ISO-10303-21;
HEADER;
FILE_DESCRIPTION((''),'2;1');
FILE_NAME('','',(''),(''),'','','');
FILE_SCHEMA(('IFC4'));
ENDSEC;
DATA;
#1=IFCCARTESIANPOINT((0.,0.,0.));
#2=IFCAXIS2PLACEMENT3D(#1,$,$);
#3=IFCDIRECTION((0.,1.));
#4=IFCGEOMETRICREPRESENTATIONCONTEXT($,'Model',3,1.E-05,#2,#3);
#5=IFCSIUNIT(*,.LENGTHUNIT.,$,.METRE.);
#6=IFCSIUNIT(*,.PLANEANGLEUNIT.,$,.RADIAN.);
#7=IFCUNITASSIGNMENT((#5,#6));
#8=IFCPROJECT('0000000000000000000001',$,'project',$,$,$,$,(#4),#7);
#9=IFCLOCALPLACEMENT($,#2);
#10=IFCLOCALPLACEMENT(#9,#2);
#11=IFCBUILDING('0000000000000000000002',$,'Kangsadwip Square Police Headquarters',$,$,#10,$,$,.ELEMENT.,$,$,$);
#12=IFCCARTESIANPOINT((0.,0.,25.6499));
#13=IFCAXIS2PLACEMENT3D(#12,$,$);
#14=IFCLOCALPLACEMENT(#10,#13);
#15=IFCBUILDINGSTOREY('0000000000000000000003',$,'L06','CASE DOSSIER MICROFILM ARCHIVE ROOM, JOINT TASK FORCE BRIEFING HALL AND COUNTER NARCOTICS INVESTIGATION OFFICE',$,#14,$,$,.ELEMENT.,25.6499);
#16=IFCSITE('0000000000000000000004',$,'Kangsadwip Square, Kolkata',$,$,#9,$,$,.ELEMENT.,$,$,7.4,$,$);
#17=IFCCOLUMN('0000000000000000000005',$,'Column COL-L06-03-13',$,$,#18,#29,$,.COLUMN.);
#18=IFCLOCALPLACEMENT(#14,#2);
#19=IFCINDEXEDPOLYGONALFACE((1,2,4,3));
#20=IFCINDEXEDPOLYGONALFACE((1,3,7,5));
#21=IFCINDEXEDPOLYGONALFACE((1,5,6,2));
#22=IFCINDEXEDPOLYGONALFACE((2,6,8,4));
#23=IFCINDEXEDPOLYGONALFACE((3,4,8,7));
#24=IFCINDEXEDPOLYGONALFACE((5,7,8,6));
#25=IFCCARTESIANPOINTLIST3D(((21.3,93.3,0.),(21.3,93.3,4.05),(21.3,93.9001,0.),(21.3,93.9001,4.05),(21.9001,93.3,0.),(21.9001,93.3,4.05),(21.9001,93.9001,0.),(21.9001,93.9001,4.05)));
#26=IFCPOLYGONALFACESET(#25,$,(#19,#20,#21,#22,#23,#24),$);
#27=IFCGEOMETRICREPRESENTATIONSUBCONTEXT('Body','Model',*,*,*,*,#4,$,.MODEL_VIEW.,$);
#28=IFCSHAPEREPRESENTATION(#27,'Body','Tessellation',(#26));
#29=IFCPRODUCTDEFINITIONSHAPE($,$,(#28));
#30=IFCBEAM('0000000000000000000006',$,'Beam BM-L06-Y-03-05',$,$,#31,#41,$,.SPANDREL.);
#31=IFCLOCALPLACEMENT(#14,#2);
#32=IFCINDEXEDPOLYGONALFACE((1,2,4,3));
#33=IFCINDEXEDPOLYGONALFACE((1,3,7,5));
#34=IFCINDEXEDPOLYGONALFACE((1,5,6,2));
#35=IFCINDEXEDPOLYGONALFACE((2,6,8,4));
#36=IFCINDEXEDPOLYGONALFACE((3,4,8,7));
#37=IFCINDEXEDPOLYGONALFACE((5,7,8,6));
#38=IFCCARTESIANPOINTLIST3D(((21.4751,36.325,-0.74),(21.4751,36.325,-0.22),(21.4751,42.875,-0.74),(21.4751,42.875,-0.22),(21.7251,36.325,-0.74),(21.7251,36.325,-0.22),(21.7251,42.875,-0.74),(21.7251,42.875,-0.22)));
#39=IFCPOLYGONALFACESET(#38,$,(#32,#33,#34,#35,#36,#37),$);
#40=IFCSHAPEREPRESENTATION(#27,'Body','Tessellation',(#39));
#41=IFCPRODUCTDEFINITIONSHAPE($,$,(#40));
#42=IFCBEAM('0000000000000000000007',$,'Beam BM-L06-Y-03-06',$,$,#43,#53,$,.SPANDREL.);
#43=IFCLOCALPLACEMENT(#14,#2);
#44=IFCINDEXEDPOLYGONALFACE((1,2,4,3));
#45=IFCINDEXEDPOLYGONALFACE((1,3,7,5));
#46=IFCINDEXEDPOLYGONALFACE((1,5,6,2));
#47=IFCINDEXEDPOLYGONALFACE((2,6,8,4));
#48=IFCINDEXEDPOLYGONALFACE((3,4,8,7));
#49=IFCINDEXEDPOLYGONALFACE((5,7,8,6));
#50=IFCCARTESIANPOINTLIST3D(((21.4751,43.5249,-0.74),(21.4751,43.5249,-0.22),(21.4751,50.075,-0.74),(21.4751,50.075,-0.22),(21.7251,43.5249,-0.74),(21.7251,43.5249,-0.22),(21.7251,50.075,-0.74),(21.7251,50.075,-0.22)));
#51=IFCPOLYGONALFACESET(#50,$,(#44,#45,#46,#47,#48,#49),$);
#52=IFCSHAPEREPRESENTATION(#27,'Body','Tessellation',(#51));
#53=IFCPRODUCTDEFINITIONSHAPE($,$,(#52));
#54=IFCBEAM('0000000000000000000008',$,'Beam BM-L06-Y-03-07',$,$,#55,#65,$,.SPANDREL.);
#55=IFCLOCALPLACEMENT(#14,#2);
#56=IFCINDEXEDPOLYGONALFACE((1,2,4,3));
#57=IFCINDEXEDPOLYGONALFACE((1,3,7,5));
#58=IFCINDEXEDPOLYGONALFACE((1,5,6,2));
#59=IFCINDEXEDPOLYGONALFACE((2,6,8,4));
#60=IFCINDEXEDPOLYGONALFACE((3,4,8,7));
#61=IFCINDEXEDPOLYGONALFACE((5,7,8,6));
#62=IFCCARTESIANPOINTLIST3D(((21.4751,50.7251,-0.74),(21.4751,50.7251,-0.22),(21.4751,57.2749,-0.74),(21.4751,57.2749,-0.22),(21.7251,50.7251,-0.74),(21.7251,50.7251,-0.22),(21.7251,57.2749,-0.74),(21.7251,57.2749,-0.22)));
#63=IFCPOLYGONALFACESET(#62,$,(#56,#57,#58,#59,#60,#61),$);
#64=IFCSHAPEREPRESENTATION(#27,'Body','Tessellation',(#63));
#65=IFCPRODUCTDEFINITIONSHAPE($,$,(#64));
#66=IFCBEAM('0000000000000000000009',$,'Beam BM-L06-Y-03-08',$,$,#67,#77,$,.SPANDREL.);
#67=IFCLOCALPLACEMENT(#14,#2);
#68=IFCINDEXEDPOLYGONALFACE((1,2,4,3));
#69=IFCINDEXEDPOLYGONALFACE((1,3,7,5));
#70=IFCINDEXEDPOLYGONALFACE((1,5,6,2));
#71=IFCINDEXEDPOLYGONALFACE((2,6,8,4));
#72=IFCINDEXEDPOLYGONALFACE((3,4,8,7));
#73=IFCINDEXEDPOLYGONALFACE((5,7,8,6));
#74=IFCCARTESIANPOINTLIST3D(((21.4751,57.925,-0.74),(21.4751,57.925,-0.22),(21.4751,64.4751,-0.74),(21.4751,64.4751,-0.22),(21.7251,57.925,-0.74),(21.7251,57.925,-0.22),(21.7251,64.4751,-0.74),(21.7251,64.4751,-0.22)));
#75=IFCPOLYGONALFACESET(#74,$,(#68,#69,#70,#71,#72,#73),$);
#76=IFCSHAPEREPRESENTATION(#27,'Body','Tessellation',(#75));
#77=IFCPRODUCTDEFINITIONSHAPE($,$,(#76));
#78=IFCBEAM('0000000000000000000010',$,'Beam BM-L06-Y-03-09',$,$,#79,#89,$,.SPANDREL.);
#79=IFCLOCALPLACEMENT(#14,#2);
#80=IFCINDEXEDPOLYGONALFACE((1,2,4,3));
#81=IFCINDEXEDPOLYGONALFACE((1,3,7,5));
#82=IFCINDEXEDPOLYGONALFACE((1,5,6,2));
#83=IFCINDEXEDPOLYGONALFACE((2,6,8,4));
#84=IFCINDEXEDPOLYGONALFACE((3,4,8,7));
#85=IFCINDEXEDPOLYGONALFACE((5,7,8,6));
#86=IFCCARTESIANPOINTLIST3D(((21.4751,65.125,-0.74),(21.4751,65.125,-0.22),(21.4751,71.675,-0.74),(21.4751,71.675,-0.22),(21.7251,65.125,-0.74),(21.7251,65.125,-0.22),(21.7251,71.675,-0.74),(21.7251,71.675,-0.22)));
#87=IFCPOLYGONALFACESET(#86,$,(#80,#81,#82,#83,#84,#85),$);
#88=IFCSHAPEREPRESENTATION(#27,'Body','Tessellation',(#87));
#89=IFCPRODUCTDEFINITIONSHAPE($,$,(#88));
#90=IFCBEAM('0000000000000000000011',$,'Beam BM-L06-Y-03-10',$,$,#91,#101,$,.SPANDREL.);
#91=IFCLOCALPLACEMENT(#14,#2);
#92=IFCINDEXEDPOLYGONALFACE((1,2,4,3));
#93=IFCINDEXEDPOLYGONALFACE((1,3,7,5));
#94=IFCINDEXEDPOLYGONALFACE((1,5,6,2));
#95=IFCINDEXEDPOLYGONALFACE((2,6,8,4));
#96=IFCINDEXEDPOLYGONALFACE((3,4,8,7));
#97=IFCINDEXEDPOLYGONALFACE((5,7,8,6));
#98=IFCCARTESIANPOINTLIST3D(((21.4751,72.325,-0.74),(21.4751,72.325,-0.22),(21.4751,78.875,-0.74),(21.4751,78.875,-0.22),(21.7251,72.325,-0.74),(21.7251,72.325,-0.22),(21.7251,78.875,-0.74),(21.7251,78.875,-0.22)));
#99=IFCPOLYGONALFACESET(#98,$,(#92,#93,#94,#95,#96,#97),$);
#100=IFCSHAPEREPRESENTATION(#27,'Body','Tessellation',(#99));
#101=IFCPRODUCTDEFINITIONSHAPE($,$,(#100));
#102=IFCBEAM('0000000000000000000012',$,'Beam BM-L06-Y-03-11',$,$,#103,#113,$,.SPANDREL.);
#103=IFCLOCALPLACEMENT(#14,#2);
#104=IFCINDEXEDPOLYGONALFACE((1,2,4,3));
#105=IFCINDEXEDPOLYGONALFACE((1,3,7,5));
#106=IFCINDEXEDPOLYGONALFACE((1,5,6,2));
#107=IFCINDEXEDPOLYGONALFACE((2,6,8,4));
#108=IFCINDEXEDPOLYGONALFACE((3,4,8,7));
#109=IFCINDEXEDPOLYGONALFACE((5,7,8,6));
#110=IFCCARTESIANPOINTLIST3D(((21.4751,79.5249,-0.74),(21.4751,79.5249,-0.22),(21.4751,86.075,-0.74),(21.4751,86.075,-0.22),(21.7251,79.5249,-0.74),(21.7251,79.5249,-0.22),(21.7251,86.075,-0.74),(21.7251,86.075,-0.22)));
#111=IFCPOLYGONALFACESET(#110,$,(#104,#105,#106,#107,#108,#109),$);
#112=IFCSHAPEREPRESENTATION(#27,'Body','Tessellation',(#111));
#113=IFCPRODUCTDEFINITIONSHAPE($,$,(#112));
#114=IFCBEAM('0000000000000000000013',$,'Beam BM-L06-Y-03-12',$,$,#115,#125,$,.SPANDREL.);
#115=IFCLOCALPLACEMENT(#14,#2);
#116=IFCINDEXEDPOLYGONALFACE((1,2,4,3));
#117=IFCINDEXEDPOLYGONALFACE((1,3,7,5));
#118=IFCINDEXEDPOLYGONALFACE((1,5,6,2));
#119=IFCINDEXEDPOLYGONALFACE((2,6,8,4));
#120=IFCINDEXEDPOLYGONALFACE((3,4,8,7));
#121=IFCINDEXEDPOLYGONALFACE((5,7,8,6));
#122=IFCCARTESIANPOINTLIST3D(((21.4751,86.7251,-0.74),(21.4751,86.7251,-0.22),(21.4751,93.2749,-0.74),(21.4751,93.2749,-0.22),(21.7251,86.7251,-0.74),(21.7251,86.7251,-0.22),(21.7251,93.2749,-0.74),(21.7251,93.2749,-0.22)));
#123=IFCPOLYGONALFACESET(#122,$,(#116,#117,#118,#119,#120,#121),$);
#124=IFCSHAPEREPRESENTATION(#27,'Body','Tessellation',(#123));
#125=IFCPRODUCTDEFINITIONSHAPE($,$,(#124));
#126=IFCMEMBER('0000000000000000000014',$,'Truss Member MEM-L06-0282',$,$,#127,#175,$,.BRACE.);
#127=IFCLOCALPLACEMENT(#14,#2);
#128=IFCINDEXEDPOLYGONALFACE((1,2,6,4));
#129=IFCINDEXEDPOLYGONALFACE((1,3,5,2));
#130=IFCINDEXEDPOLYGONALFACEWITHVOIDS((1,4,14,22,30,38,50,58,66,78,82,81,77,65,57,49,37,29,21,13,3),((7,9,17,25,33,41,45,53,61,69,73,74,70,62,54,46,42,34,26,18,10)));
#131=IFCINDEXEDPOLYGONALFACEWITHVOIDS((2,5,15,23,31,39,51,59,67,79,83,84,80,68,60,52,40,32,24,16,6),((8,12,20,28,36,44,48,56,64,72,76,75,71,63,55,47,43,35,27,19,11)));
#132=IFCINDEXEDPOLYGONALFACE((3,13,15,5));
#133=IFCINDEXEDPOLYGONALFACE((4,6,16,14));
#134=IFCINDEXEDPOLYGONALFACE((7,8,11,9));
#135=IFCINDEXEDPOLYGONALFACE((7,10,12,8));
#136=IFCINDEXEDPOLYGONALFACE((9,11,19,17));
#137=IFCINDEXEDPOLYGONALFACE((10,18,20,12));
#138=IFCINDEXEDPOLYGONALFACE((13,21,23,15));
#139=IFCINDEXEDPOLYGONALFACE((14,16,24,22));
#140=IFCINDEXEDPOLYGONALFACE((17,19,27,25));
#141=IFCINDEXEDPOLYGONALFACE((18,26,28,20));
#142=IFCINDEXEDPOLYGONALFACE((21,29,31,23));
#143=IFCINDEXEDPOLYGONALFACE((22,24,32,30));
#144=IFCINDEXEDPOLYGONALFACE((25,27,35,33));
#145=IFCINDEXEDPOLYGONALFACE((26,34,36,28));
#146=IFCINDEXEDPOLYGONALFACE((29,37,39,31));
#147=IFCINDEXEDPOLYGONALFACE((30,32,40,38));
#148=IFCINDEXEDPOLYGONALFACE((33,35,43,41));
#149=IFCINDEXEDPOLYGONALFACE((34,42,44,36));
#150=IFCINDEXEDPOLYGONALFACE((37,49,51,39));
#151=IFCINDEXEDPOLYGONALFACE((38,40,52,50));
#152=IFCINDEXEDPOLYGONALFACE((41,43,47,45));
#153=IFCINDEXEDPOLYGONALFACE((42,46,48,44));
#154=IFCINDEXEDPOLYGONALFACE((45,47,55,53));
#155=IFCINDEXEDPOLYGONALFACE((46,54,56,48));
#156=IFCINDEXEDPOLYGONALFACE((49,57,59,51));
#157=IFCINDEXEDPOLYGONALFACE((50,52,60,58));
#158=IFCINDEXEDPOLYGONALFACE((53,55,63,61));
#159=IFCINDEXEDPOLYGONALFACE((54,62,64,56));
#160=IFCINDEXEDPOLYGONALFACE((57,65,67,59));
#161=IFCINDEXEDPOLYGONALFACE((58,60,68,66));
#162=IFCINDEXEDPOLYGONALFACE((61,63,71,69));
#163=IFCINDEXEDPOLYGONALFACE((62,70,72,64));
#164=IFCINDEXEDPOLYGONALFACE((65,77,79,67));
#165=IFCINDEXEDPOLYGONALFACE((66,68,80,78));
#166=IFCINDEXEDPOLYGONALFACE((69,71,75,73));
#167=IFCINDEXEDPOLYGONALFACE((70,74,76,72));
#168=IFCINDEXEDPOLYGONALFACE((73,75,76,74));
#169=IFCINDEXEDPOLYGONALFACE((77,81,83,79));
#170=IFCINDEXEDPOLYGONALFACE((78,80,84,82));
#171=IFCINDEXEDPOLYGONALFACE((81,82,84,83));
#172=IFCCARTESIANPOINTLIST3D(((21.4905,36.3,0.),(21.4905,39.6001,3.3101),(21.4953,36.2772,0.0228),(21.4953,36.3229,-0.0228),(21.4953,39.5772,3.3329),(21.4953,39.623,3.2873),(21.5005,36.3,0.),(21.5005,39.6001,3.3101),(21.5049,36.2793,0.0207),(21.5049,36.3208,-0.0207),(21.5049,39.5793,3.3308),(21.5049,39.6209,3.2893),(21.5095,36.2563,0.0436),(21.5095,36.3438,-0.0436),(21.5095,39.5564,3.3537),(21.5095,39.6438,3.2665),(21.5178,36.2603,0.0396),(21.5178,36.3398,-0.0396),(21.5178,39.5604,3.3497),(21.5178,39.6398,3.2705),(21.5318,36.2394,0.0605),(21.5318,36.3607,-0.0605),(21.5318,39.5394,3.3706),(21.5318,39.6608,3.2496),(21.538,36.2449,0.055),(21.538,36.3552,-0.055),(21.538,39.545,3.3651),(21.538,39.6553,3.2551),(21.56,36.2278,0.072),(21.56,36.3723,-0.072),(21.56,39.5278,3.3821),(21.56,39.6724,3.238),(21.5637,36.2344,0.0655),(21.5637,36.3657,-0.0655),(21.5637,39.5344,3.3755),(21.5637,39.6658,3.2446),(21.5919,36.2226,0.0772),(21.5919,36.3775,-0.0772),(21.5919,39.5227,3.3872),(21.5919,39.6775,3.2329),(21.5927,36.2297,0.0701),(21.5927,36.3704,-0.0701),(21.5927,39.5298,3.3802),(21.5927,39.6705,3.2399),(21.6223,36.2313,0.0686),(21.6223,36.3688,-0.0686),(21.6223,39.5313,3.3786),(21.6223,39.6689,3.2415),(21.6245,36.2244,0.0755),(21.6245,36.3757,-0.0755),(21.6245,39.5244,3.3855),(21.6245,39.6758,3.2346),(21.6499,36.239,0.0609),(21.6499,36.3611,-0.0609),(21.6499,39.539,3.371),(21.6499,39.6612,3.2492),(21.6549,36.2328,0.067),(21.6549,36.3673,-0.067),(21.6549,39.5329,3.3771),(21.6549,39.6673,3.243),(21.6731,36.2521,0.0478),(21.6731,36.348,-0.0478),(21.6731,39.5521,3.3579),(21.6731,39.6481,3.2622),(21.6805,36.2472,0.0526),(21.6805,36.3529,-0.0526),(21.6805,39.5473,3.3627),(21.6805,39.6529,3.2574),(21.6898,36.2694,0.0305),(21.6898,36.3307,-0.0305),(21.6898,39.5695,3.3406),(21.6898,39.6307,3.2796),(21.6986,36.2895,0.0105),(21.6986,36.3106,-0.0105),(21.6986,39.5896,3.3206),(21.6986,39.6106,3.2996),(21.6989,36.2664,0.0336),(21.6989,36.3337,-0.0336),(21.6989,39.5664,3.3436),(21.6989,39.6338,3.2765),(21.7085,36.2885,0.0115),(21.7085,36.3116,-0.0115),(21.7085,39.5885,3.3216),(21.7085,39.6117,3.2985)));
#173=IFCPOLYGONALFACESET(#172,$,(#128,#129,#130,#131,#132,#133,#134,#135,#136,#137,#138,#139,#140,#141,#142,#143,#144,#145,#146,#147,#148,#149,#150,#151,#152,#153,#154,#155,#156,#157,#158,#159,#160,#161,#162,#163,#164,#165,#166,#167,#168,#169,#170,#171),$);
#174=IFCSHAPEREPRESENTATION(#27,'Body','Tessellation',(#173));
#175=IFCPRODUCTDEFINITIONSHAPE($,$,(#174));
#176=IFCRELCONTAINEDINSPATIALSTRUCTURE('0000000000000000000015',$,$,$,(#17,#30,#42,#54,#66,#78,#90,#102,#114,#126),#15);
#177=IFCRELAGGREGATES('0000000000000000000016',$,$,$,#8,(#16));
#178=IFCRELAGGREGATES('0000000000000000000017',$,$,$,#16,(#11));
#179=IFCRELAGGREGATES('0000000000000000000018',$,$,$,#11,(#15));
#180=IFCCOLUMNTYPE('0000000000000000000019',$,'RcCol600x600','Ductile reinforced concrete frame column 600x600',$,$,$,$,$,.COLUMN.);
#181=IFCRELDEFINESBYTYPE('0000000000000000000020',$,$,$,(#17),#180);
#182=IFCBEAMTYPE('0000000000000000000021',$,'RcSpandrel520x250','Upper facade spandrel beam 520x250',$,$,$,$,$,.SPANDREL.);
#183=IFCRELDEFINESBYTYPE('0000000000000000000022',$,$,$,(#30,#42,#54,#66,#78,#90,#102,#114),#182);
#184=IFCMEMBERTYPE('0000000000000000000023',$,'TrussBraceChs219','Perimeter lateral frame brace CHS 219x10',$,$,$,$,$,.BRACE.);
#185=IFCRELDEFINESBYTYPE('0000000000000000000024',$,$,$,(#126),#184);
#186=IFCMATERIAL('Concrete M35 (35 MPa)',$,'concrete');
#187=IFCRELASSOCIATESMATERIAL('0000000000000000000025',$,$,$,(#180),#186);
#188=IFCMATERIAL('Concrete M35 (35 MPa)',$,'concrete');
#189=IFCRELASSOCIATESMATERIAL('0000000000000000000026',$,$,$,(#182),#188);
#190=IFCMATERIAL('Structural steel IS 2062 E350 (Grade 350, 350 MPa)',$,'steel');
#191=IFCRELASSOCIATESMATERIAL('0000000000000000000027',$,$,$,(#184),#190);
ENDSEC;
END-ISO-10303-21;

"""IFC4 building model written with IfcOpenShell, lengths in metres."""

from ifc_helpers import new_model, si_unit, direction, frame, origin, origin_2d, place, context, subcontext, project, spatial, rectangle, hollow_circle, extrude, material, material_profile, profile_set, type_object, element, save


model = new_model("IFC4")

# Units and contexts
model_context = context("Model", 3, precision=1e-05, world=origin(), true_north=direction((0.0, 1.0)))
body_context = subcontext(model_context, "Body", "Model", "MODEL_VIEW")
ifc_project = project(units=[si_unit("LENGTHUNIT", "METRE"), si_unit("PLANEANGLEUNIT", "RADIAN")], contexts=[model_context])

# Site, building, storey
site_placement = place(None, origin())
site = spatial("IfcSite", under=ifc_project, at=site_placement, Name="Kangsadwip Square, Kolkata", CompositionType="ELEMENT", RefElevation=7.4)
building_placement = place(site_placement, origin())
building = spatial("IfcBuilding", under=site, at=building_placement, Name="Kangsadwip Square Police Headquarters", CompositionType="ELEMENT")
storey_placement = place(building_placement, frame((0.0, 0.0, 25.6499)))
storey = spatial("IfcBuildingStorey", under=building, at=storey_placement, Name="L06", Description="CASE DOSSIER MICROFILM ARCHIVE ROOM, JOINT TASK FORCE BRIEFING HALL AND COUNTER NARCOTICS INVESTIGATION OFFICE", CompositionType="ELEMENT", Elevation=25.6499)

# Column
ifc_material_1 = material(Name="Concrete M35 (35 MPa)", Category="concrete")
ifc_material_profile_1 = material_profile(ifc_material_1, rectangle(XDim=0.6001, YDim=0.6001, at=origin_2d()), Name="RC COL 600X600")
ifc_profile_set_1 = profile_set([ifc_material_profile_1], Name="Concrete M35 (35 MPa)")
column_type = type_object("IfcColumnType", Name="RcCol600x600", Description="Ductile reinforced concrete frame column 600x600", PredefinedType="COLUMN", material=ifc_profile_set_1)
column_placement = place(storey_placement, frame((21.6001, 93.6001, 0.0), z_axis=(0.0, 0.0, 1.0), x_axis=(1.0, 0.0, 0.0)))
element("IfcColumn", 1, at=column_placement, inside=storey, type_object=column_type, Name="Column COL-L06-03-13", PredefinedType="COLUMN", context=body_context, shape_type="SweptSolid", body=[
    extrude(rectangle(XDim=0.6001, YDim=0.6001, at=origin_2d()), origin(), (0.0, 0.0, 1.0), 4.05),
])

# Beams
ifc_material_2 = material(Name="Concrete M35 (35 MPa)", Category="concrete")
ifc_material_profile_2 = material_profile(ifc_material_2, rectangle(XDim=0.25, YDim=0.52, at=origin_2d()), Name="RC SPN 520X250")
ifc_profile_set_2 = profile_set([ifc_material_profile_2], Name="Concrete M35 (35 MPa)")
beam_type = type_object("IfcBeamType", Name="RcSpandrel520x250", Description="Upper facade spandrel beam 520x250", PredefinedType="SPANDREL", material=ifc_profile_set_2)
for number, where, z_axis, x_axis, name in (
    (2, (21.6001, 36.325, -0.48), (0.0, 1.0, 0.0), (-1.0, 0.0, 0.0), "Beam BM-L06-Y-03-05"),
    (3, (21.6001, 43.5249, -0.48), (0.0, 1.0, 0.0), (-1.0, 0.0, 0.0), "Beam BM-L06-Y-03-06"),
):
    element("IfcBeam", number, at=place(storey_placement, frame(where, z_axis=z_axis, x_axis=x_axis)), inside=storey, type_object=beam_type, Name=name, PredefinedType="SPANDREL", context=body_context, shape_type="SweptSolid", body=[
        extrude(rectangle(XDim=0.25, YDim=0.52, at=origin_2d()), origin(), (0.0, 0.0, 1.0), 6.55),
    ])
beam_1_placement = place(storey_placement, frame((21.6001, 50.7251, -0.48), z_axis=(0.0, 1.0, 0.0), x_axis=(-1.0, 0.0, 0.0)))
element("IfcBeam", 4, at=beam_1_placement, inside=storey, type_object=beam_type, Name="Beam BM-L06-Y-03-07", PredefinedType="SPANDREL", context=body_context, shape_type="SweptSolid", body=[
    extrude(rectangle(XDim=0.25, YDim=0.52, at=origin_2d()), origin(), (0.0, 0.0, 1.0), 6.5498),
])
for number, where, z_axis, x_axis, name in (
    (5, (21.6001, 57.925, -0.48), (0.0, 1.0, 0.0), (-1.0, 0.0, 0.0), "Beam BM-L06-Y-03-08"),
    (6, (21.6001, 65.125, -0.48), (0.0, 1.0, 0.0), (-1.0, 0.0, 0.0), "Beam BM-L06-Y-03-09"),
    (7, (21.6001, 72.325, -0.48), (0.0, 1.0, 0.0), (-1.0, 0.0, 0.0), "Beam BM-L06-Y-03-10"),
    (8, (21.6001, 79.5249, -0.48), (0.0, 1.0, 0.0), (-1.0, 0.0, 0.0), "Beam BM-L06-Y-03-11"),
):
    element("IfcBeam", number, at=place(storey_placement, frame(where, z_axis=z_axis, x_axis=x_axis)), inside=storey, type_object=beam_type, Name=name, PredefinedType="SPANDREL", context=body_context, shape_type="SweptSolid", body=[
        extrude(rectangle(XDim=0.25, YDim=0.52, at=origin_2d()), origin(), (0.0, 0.0, 1.0), 6.55),
    ])
beam_2_placement = place(storey_placement, frame((21.6001, 86.7251, -0.48), z_axis=(0.0, 1.0, 0.0), x_axis=(-1.0, 0.0, 0.0)))
element("IfcBeam", 9, at=beam_2_placement, inside=storey, type_object=beam_type, Name="Beam BM-L06-Y-03-12", PredefinedType="SPANDREL", context=body_context, shape_type="SweptSolid", body=[
    extrude(rectangle(XDim=0.25, YDim=0.52, at=origin_2d()), origin(), (0.0, 0.0, 1.0), 6.5498),
])

# Member
ifc_material_3 = material(Name="Structural steel IS 2062 E350 (Grade 350, 350 MPa)", Category="steel")
ifc_material_profile_3 = material_profile(ifc_material_3, hollow_circle(Radius=0.1096, WallThickness=0.01, at=origin_2d()), Name="CHS 219X10")
ifc_profile_set_3 = profile_set([ifc_material_profile_3], Name="Structural steel IS 2062 E350 (Grade 350, 350 MPa)")
member_type = type_object("IfcMemberType", Name="TrussBraceChs219", Description="Perimeter lateral frame brace CHS 219x10", PredefinedType="BRACE", material=ifc_profile_set_3)
member_1_placement = place(storey_placement, frame((21.6001, 36.3, 0.0), z_axis=(0.0, 0.706035, 0.708177), x_axis=(-1.0, 0.0, 0.0)))
element("IfcMember", 10, at=member_1_placement, inside=storey, type_object=member_type, Name="Truss Member MEM-L06-0282", PredefinedType="BRACE", context=body_context, shape_type="SweptSolid", body=[
    extrude(hollow_circle(Radius=0.1096, WallThickness=0.01, at=origin_2d()), origin(), (0.0, 0.0, 1.0), 4.6741),
])

save(model, "model.ifc")
